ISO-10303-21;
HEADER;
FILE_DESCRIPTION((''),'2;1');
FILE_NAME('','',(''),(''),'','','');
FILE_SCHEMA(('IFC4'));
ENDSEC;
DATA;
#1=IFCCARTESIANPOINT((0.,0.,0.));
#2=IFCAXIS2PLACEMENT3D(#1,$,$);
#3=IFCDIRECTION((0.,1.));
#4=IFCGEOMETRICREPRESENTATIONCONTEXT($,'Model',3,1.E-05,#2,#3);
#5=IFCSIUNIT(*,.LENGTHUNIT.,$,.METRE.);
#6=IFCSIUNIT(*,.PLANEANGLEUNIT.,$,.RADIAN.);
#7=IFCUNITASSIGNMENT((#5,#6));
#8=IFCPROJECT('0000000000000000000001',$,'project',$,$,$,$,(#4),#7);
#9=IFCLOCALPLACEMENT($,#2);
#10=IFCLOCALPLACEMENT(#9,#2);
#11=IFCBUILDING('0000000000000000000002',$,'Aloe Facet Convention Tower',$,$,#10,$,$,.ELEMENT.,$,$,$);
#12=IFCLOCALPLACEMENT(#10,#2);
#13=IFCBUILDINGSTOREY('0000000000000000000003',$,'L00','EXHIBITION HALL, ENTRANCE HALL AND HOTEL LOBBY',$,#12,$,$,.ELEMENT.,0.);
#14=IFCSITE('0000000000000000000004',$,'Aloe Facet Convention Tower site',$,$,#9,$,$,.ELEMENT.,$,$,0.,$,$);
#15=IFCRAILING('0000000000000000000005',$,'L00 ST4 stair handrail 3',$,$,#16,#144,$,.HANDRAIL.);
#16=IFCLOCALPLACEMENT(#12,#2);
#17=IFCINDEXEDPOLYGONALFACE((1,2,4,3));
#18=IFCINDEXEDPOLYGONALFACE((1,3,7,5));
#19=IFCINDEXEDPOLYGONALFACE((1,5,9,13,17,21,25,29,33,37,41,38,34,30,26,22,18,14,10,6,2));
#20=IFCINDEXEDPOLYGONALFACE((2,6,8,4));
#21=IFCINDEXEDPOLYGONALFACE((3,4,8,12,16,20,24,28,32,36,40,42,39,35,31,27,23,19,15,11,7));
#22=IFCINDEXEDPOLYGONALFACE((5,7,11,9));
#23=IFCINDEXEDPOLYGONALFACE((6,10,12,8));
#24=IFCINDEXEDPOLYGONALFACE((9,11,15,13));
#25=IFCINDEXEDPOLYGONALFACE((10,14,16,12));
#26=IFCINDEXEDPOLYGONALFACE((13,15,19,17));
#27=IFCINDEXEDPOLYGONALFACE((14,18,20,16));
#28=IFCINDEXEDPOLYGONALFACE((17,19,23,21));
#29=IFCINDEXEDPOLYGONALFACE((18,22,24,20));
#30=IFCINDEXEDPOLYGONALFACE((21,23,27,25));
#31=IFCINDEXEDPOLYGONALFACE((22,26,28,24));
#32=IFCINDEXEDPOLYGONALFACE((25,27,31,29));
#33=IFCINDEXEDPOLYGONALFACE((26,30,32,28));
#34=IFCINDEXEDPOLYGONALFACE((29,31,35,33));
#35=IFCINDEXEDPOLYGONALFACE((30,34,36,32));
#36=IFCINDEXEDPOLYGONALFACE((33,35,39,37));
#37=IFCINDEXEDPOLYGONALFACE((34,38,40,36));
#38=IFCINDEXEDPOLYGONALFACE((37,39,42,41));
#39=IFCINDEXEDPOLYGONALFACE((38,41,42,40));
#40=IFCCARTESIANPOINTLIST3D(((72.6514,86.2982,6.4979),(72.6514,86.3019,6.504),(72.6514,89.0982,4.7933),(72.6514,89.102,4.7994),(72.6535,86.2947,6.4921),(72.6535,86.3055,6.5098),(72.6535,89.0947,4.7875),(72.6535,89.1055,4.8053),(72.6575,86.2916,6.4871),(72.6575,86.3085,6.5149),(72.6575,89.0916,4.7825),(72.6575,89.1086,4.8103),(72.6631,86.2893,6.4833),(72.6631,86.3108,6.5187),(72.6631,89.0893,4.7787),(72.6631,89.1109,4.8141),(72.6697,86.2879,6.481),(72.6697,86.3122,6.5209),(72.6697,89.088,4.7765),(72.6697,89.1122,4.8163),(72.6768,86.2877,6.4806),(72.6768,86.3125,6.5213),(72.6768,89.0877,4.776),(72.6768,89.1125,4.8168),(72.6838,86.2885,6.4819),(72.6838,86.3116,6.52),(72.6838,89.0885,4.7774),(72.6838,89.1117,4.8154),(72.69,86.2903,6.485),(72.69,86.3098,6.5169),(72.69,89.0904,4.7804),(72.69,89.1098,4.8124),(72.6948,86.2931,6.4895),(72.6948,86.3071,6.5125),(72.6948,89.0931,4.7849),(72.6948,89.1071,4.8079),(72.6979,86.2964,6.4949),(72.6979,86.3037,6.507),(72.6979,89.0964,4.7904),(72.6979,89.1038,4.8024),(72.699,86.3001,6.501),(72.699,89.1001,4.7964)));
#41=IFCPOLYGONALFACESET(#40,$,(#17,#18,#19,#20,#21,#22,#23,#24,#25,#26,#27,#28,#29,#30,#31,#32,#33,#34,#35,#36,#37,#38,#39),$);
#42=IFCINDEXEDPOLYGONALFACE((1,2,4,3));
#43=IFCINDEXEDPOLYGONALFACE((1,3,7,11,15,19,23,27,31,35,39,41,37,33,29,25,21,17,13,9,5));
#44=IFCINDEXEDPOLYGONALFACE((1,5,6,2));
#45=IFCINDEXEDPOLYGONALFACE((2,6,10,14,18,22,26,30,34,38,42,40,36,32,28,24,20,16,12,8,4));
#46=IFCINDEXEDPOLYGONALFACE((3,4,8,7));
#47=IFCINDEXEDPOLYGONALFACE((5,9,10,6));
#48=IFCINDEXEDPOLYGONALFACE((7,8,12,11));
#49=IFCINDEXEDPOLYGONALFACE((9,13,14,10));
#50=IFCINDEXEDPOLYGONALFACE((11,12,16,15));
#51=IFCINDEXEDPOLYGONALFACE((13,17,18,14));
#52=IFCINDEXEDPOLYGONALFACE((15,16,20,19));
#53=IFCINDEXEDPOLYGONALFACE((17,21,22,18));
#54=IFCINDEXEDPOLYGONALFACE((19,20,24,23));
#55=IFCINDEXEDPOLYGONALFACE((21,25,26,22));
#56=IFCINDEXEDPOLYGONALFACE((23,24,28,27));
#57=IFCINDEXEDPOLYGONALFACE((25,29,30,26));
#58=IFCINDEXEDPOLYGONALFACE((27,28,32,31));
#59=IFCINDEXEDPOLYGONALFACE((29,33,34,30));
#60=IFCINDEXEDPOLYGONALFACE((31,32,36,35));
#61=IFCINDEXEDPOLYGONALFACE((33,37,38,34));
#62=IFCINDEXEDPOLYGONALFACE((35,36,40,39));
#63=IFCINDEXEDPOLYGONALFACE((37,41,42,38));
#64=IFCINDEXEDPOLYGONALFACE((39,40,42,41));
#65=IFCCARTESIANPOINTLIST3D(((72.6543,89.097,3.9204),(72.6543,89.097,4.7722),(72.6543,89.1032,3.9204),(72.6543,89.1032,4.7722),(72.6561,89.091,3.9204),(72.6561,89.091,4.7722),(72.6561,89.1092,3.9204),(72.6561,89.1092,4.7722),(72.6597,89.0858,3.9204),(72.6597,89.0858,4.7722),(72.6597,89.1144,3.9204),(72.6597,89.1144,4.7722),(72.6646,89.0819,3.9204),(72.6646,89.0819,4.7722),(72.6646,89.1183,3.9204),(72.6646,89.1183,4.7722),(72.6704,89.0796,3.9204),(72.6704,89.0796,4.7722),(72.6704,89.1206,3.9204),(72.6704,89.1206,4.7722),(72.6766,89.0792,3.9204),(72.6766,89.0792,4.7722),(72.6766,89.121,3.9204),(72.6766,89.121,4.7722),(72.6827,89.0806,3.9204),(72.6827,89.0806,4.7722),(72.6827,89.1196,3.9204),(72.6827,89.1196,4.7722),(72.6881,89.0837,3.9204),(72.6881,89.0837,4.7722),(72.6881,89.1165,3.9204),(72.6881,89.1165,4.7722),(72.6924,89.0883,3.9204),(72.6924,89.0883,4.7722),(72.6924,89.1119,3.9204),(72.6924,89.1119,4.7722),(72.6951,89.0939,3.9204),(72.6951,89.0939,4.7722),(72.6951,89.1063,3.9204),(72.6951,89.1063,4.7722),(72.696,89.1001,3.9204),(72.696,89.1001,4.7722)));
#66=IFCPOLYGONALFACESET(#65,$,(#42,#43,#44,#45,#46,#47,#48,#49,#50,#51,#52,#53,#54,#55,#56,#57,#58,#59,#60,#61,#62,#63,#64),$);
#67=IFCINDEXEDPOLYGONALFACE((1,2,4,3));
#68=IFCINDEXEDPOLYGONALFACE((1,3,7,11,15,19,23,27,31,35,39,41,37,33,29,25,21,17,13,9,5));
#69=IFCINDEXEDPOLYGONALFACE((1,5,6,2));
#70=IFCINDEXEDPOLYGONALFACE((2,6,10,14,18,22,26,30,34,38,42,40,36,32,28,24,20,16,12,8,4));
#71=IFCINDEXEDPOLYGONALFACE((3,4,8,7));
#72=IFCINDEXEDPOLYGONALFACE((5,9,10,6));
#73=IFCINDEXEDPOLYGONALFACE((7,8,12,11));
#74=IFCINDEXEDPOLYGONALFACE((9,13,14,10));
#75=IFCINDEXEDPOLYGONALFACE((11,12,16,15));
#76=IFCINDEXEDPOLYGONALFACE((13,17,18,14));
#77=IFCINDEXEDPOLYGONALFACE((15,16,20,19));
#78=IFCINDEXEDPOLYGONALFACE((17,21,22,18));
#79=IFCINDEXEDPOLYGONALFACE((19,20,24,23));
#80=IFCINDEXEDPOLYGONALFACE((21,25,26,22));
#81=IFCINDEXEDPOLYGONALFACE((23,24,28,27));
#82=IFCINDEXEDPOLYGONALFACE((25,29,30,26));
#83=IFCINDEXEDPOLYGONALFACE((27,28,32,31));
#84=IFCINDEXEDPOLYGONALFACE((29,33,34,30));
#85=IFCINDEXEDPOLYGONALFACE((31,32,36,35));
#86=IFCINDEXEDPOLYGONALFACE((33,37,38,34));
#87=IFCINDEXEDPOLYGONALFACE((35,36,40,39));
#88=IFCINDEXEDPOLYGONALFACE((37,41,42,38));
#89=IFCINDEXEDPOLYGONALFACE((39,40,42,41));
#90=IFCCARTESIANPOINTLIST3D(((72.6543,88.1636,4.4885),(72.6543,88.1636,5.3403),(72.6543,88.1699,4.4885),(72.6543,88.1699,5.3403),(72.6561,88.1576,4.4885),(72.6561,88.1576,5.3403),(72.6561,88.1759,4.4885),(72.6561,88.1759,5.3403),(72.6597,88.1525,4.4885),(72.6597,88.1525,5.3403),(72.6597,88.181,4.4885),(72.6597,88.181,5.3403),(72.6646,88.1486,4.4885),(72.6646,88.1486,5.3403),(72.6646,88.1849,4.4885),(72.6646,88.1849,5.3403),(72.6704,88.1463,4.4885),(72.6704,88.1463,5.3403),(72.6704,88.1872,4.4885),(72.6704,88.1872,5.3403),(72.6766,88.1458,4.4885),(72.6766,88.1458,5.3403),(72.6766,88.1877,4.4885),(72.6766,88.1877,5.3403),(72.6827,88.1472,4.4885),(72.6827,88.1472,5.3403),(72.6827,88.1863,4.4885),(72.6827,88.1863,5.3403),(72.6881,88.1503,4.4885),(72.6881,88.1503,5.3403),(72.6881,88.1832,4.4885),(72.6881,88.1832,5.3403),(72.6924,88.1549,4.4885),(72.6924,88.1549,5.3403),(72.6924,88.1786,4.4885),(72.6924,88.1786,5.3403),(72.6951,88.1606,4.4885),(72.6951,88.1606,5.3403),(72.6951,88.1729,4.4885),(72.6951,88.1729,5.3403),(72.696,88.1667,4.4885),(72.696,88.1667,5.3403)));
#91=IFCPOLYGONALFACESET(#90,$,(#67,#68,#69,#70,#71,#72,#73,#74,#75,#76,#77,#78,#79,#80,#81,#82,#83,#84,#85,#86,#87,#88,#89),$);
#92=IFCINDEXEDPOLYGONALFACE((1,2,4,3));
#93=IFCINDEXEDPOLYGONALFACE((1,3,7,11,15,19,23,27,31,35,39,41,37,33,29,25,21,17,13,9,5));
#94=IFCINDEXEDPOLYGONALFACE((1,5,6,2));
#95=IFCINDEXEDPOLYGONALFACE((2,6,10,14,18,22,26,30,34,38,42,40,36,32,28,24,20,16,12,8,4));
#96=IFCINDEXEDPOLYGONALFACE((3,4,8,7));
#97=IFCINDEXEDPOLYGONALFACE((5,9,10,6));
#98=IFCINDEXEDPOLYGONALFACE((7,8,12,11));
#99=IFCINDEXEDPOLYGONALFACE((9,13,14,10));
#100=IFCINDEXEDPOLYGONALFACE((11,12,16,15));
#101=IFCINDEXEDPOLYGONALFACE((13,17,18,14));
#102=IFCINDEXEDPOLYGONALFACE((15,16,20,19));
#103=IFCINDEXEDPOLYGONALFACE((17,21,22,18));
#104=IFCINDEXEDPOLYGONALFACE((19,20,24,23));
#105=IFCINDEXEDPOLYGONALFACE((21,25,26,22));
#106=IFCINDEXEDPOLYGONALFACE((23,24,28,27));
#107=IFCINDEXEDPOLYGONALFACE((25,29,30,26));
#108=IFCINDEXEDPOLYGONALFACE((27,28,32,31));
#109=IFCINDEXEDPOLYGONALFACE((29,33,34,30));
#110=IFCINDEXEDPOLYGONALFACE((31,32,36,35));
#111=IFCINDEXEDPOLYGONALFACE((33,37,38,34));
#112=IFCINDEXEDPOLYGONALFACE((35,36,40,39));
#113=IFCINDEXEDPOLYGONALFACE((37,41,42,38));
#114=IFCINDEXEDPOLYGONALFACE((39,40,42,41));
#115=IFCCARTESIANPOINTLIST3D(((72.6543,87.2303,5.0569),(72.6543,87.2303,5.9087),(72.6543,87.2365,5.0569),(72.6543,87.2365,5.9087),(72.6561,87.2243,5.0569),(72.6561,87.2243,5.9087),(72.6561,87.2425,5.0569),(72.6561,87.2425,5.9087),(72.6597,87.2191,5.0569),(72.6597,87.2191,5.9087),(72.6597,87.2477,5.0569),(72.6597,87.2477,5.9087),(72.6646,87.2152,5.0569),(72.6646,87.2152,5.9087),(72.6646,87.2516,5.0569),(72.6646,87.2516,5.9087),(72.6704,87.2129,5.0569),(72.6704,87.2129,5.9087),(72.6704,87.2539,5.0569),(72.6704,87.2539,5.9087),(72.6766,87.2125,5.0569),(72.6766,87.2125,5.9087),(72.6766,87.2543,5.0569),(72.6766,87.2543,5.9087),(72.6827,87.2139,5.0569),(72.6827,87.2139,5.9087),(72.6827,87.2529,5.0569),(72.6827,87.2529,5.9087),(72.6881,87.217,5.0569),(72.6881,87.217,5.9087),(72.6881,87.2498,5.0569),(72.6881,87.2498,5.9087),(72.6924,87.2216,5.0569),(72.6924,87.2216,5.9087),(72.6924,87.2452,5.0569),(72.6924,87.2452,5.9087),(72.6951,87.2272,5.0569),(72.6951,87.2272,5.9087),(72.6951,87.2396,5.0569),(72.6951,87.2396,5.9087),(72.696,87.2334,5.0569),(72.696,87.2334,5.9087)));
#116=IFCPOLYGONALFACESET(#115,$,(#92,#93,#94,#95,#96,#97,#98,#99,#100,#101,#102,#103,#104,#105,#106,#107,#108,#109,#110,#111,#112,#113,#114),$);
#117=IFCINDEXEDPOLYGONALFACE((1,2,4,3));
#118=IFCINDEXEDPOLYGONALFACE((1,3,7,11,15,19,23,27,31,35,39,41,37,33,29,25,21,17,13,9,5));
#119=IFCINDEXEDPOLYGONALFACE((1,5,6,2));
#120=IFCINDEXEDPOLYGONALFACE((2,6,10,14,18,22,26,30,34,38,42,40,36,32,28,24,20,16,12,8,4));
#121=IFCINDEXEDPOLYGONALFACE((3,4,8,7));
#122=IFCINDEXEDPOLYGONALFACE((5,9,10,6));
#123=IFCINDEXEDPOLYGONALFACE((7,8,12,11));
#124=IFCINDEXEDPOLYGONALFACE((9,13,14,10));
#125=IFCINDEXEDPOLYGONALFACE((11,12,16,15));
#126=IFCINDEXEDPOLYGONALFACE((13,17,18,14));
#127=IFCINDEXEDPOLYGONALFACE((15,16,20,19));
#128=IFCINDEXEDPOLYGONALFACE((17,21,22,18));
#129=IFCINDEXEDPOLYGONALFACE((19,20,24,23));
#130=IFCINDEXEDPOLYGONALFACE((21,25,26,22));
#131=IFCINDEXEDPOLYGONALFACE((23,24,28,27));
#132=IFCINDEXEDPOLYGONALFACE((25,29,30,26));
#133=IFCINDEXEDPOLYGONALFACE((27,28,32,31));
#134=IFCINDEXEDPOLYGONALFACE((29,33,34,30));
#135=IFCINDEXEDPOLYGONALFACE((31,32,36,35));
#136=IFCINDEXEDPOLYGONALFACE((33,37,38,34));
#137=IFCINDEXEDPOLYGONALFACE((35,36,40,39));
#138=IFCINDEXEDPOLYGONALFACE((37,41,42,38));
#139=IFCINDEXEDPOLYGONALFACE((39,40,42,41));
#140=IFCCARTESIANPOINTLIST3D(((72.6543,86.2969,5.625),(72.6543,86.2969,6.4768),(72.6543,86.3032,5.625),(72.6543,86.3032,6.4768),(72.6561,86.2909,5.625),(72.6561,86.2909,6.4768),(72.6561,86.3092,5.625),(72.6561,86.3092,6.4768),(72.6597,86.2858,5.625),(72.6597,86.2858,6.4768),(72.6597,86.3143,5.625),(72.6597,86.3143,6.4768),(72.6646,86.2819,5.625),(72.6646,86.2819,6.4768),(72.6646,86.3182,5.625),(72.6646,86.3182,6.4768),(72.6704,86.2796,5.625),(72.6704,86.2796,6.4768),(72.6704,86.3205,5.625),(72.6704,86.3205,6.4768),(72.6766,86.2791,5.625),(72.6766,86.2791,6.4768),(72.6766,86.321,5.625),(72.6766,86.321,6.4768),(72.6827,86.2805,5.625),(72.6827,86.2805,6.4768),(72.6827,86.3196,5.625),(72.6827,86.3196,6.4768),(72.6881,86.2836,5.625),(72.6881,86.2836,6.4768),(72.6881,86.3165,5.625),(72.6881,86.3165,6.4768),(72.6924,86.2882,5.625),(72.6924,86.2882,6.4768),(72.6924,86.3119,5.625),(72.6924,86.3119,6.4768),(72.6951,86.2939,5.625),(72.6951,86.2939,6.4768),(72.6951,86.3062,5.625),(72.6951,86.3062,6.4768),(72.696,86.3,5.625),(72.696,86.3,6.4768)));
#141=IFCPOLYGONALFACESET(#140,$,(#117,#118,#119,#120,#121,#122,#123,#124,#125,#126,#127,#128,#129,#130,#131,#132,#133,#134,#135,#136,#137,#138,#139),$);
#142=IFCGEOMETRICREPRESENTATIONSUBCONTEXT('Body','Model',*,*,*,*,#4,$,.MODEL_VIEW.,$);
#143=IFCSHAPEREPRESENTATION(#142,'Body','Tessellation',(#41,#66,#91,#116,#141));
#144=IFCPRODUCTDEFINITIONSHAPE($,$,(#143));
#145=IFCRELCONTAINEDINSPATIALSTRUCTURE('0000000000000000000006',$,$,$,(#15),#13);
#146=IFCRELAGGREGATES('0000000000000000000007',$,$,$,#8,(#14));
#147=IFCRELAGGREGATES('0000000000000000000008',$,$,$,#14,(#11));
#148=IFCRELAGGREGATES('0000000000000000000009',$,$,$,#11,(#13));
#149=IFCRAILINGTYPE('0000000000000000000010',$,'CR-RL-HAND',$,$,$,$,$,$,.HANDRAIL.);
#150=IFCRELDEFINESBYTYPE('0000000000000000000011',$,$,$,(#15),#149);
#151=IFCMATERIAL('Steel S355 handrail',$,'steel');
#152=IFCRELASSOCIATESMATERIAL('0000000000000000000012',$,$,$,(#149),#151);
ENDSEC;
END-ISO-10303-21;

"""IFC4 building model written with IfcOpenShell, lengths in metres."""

from ifc_helpers import new_model, si_unit, direction, frame, origin, origin_2d, place, context, subcontext, project, spatial, circle, extrude, material, type_object, element, save


model = new_model("IFC4")

# Units and contexts
model_context = context("Model", 3, precision=1e-05, world=origin(), true_north=direction((0.0, 1.0)))
body_context = subcontext(model_context, "Body", "Model", "MODEL_VIEW")
ifc_project = project(units=[si_unit("LENGTHUNIT", "METRE"), si_unit("PLANEANGLEUNIT", "RADIAN")], contexts=[model_context])

# Site, building, storey
site_placement = place(None, origin())
site = spatial("IfcSite", under=ifc_project, at=site_placement, Name="Aloe Facet Convention Tower site", CompositionType="ELEMENT", RefElevation=0.0)
building_placement = place(site_placement, origin())
building = spatial("IfcBuilding", under=site, at=building_placement, Name="Aloe Facet Convention Tower", CompositionType="ELEMENT")
storey_placement = place(building_placement, origin())
storey = spatial("IfcBuildingStorey", under=building, at=storey_placement, Name="L00", Description="EXHIBITION HALL, ENTRANCE HALL AND HOTEL LOBBY", CompositionType="ELEMENT", Elevation=0.0)

# Railing
ifc_material_1 = material(Name="Steel S355 handrail", Category="steel")
railing_type_1 = type_object("IfcRailingType", Name="CR-RL-HAND", PredefinedType="HANDRAIL", material=ifc_material_1)
railing_1_placement = place(storey_placement, frame((72.675, 89.1001, 3.9204)))
element("IfcRailing", 1, at=railing_1_placement, inside=storey, type_object=railing_type_1, Name="L00 ST4 stair handrail 3", PredefinedType="HANDRAIL", context=body_context, shape_type="SweptSolid", body=[
    extrude(circle(Radius=0.0239, at=origin_2d()), frame((0.0, 0.0, 0.876), z_axis=(0.0, -0.85417, 0.519994), x_axis=(1.0, 0.0, 0.0)), (0.0, 0.0, 1.0), 3.2781),
    extrude(circle(Radius=0.021, at=origin_2d()), origin(), (0.0, 0.0, 1.0), 0.8518),
    extrude(circle(Radius=0.021, at=origin_2d()), frame((0.0, -0.9333, 0.5681)), (0.0, 0.0, 1.0), 0.8518),
    extrude(circle(Radius=0.021, at=origin_2d()), frame((0.0, -1.8667, 1.1365)), (0.0, 0.0, 1.0), 0.8518),
    extrude(circle(Radius=0.021, at=origin_2d()), frame((0.0, -2.8, 1.7046)), (0.0, 0.0, 1.0), 0.8518),
])

save(model, "model.ifc")
